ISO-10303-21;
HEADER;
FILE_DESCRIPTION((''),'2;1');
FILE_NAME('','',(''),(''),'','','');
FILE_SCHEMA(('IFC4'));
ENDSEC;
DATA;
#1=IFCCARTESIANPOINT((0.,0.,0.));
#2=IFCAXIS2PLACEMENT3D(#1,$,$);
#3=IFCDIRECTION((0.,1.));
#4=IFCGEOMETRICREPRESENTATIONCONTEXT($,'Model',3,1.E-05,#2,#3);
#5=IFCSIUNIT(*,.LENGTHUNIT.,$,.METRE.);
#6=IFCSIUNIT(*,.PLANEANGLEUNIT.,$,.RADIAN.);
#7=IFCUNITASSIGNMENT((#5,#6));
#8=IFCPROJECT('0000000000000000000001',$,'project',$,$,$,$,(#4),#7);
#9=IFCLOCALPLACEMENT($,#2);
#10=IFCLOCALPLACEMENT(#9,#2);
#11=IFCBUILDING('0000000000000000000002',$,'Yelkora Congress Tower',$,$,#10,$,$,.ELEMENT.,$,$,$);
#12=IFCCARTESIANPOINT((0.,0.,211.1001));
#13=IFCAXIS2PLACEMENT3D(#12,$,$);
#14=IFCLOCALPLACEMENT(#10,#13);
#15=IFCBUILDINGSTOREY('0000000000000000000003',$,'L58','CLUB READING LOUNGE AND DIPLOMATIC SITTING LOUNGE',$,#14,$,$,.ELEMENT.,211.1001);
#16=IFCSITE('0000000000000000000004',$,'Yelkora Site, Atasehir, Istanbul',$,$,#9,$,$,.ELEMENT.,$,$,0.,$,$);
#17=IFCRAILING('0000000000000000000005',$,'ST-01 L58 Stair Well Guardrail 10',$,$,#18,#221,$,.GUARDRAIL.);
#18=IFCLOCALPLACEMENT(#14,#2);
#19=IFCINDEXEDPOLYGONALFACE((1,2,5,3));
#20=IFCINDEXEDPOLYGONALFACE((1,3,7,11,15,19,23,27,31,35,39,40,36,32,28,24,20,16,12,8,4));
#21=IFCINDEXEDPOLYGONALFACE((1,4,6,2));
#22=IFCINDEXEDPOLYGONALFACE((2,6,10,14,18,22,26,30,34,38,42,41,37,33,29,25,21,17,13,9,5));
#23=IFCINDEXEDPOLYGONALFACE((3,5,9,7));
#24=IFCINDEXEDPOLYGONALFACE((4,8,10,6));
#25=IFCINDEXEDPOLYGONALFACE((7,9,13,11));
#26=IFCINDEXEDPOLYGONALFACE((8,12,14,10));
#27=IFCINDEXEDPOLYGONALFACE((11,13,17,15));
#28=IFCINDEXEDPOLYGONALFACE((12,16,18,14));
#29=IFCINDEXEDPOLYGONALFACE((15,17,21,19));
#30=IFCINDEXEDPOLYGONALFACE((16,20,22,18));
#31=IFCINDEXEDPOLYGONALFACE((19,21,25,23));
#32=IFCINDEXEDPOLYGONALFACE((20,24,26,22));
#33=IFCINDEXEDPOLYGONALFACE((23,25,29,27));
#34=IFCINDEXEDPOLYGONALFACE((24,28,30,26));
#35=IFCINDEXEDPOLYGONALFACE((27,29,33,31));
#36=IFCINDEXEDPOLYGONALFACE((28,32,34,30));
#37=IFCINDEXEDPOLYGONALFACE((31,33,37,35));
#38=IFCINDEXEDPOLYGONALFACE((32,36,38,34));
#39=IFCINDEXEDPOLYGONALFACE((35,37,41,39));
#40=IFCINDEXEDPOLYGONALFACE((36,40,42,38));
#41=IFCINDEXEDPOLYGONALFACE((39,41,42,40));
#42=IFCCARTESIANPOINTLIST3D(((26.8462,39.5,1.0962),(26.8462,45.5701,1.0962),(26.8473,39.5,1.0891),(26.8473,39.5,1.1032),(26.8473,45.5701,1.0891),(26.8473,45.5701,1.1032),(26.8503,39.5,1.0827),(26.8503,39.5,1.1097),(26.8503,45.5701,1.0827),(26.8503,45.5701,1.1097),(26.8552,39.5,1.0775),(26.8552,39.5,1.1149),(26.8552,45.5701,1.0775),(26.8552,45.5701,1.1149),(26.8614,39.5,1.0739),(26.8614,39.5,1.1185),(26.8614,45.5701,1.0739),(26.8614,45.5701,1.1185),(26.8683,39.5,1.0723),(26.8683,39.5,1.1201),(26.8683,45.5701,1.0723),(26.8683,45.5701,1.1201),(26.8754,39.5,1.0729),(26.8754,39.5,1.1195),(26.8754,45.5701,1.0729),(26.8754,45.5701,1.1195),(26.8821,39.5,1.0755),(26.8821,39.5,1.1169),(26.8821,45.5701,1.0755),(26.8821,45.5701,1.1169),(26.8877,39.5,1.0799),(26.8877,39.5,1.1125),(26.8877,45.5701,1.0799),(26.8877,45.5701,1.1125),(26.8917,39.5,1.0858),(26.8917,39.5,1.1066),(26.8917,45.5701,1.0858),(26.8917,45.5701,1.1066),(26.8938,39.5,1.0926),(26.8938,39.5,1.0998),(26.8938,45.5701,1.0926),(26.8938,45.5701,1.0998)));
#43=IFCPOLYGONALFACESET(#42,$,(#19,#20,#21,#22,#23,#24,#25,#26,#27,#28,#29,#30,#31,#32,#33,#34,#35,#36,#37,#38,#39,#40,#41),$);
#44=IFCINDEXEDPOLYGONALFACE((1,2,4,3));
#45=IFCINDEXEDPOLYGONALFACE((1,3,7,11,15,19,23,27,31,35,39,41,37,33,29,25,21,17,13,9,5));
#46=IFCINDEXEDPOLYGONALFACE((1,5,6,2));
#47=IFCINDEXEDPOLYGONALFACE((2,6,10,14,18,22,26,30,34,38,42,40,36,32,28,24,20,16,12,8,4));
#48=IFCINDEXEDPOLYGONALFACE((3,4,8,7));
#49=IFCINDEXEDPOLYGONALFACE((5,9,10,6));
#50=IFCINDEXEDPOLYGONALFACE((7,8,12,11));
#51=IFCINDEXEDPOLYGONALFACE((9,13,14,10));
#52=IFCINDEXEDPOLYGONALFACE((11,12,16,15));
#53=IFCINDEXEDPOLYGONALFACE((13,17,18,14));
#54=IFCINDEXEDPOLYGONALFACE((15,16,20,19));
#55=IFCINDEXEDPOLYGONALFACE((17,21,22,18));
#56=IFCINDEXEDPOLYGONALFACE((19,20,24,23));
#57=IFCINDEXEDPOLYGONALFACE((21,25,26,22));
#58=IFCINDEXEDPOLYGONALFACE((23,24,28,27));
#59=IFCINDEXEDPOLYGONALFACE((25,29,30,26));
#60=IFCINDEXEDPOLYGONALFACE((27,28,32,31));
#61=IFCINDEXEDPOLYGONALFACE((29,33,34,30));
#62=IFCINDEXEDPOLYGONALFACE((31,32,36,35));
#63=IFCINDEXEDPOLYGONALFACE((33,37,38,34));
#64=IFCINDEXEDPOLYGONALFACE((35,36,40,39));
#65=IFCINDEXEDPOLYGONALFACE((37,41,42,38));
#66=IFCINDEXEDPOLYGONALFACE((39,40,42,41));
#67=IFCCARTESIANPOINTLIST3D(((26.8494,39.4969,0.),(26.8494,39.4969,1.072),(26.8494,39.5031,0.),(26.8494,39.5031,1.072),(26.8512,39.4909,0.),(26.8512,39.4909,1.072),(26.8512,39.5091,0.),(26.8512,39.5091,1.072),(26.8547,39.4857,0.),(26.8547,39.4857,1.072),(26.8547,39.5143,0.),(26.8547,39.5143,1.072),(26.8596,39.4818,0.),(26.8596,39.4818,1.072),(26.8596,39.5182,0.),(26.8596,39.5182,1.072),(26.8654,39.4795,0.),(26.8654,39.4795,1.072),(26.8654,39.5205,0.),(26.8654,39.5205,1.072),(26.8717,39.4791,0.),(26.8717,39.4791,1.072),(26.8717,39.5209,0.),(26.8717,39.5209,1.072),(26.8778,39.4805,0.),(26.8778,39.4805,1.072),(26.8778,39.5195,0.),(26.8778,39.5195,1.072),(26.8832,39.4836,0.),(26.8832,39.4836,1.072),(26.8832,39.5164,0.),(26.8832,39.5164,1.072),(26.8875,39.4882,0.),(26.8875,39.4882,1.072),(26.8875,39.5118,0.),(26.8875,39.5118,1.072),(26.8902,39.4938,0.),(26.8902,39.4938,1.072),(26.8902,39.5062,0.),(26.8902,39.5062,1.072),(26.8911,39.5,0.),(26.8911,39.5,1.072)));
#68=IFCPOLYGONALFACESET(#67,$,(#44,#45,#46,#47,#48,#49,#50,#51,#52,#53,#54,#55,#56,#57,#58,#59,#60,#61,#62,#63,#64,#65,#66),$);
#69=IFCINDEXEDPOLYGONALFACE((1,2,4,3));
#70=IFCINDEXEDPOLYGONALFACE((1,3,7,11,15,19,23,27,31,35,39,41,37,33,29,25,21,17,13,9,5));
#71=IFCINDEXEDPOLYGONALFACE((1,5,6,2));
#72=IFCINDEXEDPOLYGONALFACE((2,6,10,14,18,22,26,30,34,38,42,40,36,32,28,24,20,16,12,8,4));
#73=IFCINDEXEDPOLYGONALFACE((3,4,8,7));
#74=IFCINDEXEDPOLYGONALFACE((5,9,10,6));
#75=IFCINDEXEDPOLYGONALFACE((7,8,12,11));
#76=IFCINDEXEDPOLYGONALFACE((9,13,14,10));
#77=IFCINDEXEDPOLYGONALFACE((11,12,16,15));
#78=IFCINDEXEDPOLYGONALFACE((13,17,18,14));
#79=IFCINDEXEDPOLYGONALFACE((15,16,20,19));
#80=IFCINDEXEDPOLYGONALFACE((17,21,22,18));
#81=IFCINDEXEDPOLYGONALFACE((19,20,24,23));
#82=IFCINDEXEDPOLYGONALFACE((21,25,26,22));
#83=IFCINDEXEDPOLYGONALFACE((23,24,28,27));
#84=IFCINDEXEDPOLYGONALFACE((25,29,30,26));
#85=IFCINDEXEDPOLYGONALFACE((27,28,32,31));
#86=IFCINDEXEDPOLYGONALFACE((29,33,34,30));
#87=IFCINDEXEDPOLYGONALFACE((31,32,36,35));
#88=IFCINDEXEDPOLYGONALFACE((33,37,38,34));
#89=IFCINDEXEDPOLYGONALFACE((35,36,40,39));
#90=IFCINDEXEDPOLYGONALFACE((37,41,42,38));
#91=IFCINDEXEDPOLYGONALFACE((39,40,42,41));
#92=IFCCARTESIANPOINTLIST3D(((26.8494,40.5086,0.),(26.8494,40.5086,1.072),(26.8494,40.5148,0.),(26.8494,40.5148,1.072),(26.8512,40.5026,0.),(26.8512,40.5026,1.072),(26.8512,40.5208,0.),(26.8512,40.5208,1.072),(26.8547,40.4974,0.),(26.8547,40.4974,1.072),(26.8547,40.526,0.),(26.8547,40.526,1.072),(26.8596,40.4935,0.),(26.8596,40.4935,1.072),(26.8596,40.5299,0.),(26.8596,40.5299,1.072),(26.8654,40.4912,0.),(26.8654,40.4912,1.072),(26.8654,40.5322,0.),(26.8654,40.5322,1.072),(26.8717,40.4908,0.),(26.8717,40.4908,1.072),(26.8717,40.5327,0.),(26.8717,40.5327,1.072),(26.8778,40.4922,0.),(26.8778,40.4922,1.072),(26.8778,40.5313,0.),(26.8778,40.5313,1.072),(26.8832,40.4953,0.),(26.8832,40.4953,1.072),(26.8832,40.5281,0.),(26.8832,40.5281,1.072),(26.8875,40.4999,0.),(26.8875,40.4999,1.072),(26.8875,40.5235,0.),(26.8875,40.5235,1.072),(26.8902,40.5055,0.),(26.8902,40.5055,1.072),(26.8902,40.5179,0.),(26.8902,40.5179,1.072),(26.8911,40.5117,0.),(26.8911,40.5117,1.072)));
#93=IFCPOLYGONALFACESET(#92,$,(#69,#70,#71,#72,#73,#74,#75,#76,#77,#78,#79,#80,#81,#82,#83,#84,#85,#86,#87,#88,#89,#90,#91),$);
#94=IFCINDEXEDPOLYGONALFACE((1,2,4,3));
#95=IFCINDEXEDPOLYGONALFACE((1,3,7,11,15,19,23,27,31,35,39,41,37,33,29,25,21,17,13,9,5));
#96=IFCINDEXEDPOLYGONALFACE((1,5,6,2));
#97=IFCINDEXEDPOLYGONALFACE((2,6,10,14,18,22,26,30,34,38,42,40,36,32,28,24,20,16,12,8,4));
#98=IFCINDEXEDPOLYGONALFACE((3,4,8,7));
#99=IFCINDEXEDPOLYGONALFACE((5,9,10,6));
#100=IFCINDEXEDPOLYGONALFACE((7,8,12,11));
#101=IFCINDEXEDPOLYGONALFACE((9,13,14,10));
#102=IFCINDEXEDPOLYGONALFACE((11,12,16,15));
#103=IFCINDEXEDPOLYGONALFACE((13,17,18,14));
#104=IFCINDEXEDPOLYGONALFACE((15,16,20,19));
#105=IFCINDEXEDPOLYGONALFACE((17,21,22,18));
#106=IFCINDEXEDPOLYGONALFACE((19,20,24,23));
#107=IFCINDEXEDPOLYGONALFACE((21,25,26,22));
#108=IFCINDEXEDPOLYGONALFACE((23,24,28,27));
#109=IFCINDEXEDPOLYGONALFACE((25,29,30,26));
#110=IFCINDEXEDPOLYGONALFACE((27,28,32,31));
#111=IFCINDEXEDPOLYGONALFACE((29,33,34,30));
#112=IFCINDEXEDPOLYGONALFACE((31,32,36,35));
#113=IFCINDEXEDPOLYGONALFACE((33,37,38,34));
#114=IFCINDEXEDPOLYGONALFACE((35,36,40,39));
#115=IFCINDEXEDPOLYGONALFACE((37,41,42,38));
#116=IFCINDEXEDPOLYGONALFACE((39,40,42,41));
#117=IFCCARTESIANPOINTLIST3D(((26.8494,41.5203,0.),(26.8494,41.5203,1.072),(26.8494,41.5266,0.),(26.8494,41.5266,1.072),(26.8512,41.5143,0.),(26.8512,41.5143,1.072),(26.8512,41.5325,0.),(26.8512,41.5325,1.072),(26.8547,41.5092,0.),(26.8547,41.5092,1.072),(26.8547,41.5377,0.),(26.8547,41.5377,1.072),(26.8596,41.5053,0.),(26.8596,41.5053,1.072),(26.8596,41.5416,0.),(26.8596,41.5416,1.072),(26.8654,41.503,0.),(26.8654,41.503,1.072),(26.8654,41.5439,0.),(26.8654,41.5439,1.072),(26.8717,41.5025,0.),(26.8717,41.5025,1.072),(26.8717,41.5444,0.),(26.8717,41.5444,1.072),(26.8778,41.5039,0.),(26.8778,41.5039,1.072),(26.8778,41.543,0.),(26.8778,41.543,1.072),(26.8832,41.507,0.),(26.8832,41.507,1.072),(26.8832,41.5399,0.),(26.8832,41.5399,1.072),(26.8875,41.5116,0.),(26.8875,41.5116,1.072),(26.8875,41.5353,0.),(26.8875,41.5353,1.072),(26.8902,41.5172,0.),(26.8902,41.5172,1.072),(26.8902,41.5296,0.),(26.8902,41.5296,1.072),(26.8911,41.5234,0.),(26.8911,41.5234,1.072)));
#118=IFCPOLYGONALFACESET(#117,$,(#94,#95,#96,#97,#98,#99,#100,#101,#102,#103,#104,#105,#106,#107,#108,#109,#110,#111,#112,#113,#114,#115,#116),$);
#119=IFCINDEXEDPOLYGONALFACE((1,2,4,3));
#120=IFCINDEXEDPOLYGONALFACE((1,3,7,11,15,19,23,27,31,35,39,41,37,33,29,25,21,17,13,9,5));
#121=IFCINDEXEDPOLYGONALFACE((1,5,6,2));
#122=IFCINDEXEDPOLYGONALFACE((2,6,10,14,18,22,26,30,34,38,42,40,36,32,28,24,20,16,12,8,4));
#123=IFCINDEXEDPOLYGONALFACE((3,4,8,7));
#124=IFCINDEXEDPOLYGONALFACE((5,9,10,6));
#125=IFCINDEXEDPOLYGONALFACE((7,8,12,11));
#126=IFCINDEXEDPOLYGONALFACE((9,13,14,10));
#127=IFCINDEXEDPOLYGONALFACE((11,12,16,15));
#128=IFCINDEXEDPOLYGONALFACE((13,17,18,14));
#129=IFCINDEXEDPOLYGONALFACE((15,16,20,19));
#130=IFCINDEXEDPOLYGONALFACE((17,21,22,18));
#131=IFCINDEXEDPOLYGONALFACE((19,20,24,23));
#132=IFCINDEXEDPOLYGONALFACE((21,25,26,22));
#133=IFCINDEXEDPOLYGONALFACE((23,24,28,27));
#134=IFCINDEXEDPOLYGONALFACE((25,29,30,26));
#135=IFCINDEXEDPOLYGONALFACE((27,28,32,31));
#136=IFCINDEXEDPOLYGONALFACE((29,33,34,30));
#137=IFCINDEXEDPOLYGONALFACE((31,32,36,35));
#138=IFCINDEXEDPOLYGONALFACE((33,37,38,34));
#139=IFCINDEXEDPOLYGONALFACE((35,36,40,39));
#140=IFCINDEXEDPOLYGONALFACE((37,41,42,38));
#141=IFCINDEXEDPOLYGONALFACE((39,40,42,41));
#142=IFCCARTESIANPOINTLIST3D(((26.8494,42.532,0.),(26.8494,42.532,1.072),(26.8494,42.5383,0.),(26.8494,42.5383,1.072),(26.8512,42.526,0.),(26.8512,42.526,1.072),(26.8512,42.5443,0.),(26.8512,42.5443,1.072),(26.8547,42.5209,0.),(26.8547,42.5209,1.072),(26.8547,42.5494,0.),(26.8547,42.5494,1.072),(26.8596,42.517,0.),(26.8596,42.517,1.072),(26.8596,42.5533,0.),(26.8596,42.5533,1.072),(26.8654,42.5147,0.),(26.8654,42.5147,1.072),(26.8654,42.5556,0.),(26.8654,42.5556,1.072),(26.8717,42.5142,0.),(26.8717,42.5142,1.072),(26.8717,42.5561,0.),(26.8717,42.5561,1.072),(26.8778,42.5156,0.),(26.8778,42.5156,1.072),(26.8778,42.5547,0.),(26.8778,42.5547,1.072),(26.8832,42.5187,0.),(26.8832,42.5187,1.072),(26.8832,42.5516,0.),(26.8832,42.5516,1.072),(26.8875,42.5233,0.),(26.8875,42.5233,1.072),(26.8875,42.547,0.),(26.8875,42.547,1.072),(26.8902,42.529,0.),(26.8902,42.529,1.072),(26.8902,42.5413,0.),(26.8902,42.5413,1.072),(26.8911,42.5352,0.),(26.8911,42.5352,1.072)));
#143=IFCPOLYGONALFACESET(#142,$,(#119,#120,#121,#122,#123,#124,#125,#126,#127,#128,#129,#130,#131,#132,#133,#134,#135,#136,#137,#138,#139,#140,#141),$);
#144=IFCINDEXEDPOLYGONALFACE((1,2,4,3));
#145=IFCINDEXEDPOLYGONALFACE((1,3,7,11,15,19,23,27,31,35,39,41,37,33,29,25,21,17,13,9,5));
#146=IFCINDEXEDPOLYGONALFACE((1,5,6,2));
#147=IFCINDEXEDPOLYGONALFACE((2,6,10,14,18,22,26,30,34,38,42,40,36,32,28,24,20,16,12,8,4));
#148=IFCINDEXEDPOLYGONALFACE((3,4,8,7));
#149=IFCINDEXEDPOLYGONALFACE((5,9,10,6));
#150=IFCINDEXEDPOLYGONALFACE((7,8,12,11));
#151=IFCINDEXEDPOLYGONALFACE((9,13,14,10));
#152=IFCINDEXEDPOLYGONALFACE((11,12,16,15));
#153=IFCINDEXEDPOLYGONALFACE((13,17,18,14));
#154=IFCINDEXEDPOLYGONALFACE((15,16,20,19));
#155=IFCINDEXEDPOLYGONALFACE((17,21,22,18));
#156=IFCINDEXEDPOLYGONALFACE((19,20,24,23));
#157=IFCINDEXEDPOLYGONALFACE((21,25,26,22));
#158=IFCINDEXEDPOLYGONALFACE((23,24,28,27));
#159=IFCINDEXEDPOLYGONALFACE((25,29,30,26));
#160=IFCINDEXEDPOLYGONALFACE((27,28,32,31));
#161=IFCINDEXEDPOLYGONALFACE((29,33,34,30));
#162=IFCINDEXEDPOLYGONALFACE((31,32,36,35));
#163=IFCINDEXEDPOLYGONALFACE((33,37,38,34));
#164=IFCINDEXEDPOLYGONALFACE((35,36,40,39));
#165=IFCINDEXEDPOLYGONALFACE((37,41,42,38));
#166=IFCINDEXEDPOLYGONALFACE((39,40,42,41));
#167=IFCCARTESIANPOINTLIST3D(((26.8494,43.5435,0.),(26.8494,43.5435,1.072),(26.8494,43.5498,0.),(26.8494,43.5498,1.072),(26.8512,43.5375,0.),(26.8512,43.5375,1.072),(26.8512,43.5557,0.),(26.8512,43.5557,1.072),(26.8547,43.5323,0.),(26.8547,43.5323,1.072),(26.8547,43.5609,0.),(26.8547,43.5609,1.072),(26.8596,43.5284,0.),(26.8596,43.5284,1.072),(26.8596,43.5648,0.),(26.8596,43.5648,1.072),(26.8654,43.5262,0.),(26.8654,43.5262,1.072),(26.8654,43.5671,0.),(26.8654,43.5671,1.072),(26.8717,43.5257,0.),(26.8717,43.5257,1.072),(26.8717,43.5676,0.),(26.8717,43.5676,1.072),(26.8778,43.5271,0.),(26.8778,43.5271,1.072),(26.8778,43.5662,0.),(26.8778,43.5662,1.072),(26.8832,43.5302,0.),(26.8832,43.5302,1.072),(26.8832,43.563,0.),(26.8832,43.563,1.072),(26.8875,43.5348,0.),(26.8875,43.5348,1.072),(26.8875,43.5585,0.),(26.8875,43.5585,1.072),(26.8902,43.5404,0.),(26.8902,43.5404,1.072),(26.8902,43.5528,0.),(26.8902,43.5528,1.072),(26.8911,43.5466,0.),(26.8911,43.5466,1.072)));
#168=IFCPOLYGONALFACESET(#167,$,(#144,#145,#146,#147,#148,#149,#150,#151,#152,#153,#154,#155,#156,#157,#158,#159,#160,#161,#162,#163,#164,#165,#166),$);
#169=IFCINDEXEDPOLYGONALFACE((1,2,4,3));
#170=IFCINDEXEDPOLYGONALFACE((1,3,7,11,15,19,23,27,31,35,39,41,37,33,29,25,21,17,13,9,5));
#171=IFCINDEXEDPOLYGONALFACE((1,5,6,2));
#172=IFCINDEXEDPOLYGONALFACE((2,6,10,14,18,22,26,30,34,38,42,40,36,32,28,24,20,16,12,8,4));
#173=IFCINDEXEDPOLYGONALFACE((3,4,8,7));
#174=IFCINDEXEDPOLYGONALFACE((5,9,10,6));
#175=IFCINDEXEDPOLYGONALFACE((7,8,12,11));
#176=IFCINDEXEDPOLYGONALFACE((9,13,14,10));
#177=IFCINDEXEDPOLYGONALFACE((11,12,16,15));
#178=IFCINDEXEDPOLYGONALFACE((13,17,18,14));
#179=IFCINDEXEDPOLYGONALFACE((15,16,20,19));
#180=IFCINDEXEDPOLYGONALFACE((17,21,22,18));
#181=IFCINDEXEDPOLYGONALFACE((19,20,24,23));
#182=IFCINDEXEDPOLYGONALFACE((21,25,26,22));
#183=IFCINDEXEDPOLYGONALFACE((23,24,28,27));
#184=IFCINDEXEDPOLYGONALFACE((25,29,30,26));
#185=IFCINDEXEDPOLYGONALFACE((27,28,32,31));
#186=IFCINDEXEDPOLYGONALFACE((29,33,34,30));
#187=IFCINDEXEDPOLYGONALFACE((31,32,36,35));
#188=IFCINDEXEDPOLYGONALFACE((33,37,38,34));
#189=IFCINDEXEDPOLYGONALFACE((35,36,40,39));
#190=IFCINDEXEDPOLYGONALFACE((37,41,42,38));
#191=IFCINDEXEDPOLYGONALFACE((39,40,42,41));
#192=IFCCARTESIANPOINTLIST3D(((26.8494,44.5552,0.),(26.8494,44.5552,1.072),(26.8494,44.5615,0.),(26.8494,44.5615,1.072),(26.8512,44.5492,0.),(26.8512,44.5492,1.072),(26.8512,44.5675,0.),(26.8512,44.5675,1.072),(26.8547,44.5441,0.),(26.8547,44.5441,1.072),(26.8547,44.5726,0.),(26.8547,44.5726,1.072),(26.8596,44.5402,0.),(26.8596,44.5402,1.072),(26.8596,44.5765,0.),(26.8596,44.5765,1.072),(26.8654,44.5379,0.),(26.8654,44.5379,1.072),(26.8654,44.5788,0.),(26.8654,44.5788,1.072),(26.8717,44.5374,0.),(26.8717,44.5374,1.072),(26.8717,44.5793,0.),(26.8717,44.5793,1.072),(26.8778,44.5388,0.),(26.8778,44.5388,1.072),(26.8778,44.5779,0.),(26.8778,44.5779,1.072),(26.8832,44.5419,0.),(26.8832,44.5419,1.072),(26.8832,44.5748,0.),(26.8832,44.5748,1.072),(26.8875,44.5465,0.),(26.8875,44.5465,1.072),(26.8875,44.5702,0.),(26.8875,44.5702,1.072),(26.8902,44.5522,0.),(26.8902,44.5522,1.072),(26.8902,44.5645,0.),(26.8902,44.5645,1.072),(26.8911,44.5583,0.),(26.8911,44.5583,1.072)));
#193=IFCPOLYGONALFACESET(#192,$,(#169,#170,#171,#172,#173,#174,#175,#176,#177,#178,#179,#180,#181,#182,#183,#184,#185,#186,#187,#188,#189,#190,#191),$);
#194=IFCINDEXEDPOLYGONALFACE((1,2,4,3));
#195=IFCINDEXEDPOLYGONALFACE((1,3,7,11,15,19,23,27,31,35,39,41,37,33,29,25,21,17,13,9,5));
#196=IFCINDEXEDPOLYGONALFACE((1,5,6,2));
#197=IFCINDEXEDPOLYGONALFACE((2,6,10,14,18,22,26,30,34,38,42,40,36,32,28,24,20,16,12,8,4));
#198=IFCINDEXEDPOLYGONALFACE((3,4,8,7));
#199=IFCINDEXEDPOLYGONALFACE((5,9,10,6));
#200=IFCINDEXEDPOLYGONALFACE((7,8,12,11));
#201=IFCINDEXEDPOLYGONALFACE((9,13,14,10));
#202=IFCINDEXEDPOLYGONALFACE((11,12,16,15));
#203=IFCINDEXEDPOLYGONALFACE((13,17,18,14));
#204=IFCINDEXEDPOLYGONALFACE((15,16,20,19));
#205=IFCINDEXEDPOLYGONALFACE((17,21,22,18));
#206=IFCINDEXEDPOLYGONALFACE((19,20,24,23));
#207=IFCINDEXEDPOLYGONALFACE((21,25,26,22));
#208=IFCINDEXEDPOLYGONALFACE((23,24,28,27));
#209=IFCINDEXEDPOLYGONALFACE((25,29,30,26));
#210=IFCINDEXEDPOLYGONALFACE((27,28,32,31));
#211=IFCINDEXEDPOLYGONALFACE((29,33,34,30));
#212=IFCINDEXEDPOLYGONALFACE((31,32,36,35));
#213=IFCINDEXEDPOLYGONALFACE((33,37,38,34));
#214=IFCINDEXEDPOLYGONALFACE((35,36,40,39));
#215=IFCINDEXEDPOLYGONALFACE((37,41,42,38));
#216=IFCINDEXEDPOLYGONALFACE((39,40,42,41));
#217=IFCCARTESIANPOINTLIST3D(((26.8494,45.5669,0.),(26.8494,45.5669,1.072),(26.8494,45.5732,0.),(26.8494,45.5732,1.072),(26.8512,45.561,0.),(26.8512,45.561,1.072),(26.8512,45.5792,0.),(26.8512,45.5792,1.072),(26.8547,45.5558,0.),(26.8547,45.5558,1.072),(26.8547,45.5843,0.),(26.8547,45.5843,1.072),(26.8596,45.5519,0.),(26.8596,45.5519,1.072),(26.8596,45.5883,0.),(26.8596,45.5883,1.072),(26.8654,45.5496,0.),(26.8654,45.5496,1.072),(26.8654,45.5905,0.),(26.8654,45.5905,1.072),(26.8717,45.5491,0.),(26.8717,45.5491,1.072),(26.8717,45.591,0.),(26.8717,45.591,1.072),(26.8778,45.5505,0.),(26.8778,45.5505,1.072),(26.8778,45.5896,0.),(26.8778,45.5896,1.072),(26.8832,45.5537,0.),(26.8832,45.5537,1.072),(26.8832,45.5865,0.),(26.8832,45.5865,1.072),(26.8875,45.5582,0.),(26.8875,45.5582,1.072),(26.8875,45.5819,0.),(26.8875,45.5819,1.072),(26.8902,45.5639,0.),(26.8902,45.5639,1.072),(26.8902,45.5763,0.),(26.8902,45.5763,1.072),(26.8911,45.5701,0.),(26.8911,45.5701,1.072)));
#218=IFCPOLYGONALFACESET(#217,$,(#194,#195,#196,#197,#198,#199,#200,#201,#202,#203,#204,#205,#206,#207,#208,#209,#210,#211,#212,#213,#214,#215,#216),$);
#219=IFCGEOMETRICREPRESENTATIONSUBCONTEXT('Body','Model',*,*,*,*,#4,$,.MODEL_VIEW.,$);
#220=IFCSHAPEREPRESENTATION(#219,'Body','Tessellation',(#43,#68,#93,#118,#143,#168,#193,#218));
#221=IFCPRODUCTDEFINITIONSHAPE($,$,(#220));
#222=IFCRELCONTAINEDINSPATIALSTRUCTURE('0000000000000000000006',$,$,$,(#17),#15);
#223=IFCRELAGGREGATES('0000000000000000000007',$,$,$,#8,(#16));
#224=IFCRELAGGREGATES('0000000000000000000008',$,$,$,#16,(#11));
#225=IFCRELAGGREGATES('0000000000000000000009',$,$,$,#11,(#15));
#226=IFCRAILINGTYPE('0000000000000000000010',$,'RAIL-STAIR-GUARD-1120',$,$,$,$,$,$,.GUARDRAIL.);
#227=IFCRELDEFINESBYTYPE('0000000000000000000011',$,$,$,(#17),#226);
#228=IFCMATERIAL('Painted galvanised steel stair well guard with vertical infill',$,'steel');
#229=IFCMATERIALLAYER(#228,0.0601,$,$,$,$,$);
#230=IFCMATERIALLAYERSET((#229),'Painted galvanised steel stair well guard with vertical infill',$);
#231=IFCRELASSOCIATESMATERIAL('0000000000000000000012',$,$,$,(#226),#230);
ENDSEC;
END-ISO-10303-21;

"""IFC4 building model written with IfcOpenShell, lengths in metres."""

from ifc_helpers import new_model, si_unit, direction, frame, origin, origin_2d, place, context, subcontext, project, spatial, circle, extrude, material, layer, layer_set, type_object, element, save


model = new_model("IFC4")

# Units and contexts
model_context = context("Model", 3, precision=1e-05, world=origin(), true_north=direction((0.0, 1.0)))
body_context = subcontext(model_context, "Body", "Model", "MODEL_VIEW")
ifc_project = project(units=[si_unit("LENGTHUNIT", "METRE"), si_unit("PLANEANGLEUNIT", "RADIAN")], contexts=[model_context])

# Site, building, storey
site_placement = place(None, origin())
site = spatial("IfcSite", under=ifc_project, at=site_placement, Name="Yelkora Site, Atasehir, Istanbul", CompositionType="ELEMENT", RefElevation=0.0)
building_placement = place(site_placement, origin())
building = spatial("IfcBuilding", under=site, at=building_placement, Name="Yelkora Congress Tower", CompositionType="ELEMENT")
storey_placement = place(building_placement, frame((0.0, 0.0, 211.1001)))
storey = spatial("IfcBuildingStorey", under=building, at=storey_placement, Name="L58", Description="CLUB READING LOUNGE AND DIPLOMATIC SITTING LOUNGE", CompositionType="ELEMENT", Elevation=211.1001)

# Railing
ifc_material_1 = material(Name="Painted galvanised steel stair well guard with vertical infill", Category="steel")
ifc_layer_1 = layer(ifc_material_1, 0.0601)
ifc_layer_set_1 = layer_set([ifc_layer_1], Name="Painted galvanised steel stair well guard with vertical infill")
railing_type_1 = type_object("IfcRailingType", Name="RAIL-STAIR-GUARD-1120", PredefinedType="GUARDRAIL", material=ifc_layer_set_1)
railing_1_placement = place(storey_placement, frame((26.8701, 39.5, 0.0)))
element("IfcRailing", 1, at=railing_1_placement, inside=storey, type_object=railing_type_1, Name="ST-01 L58 Stair Well Guardrail 10", PredefinedType="GUARDRAIL", context=body_context, shape_type="SweptSolid", body=[
    extrude(circle(Radius=0.0239, at=origin_2d()), frame((0.0, 0.0, 1.0962), z_axis=(0.0, 1.0, 0.0), x_axis=(-1.0, 0.0, 0.0)), (0.0, 0.0, 1.0), 6.0701),
    extrude(circle(Radius=0.021, at=origin_2d()), origin(), (0.0, 0.0, 1.0), 1.072),
    extrude(circle(Radius=0.021, at=origin_2d()), frame((0.0, 1.0117, 0.0)), (0.0, 0.0, 1.0), 1.072),
    extrude(circle(Radius=0.021, at=origin_2d()), frame((0.0, 2.0234, 0.0)), (0.0, 0.0, 1.0), 1.072),
    extrude(circle(Radius=0.021, at=origin_2d()), frame((0.0, 3.0352, 0.0)), (0.0, 0.0, 1.0), 1.072),
    extrude(circle(Radius=0.021, at=origin_2d()), frame((0.0, 4.0466, 0.0)), (0.0, 0.0, 1.0), 1.072),
    extrude(circle(Radius=0.021, at=origin_2d()), frame((0.0, 5.0583, 0.0)), (0.0, 0.0, 1.0), 1.072),
    extrude(circle(Radius=0.021, at=origin_2d()), frame((0.0, 6.0701, 0.0)), (0.0, 0.0, 1.0), 1.072),
])

save(model, "model.ifc")
